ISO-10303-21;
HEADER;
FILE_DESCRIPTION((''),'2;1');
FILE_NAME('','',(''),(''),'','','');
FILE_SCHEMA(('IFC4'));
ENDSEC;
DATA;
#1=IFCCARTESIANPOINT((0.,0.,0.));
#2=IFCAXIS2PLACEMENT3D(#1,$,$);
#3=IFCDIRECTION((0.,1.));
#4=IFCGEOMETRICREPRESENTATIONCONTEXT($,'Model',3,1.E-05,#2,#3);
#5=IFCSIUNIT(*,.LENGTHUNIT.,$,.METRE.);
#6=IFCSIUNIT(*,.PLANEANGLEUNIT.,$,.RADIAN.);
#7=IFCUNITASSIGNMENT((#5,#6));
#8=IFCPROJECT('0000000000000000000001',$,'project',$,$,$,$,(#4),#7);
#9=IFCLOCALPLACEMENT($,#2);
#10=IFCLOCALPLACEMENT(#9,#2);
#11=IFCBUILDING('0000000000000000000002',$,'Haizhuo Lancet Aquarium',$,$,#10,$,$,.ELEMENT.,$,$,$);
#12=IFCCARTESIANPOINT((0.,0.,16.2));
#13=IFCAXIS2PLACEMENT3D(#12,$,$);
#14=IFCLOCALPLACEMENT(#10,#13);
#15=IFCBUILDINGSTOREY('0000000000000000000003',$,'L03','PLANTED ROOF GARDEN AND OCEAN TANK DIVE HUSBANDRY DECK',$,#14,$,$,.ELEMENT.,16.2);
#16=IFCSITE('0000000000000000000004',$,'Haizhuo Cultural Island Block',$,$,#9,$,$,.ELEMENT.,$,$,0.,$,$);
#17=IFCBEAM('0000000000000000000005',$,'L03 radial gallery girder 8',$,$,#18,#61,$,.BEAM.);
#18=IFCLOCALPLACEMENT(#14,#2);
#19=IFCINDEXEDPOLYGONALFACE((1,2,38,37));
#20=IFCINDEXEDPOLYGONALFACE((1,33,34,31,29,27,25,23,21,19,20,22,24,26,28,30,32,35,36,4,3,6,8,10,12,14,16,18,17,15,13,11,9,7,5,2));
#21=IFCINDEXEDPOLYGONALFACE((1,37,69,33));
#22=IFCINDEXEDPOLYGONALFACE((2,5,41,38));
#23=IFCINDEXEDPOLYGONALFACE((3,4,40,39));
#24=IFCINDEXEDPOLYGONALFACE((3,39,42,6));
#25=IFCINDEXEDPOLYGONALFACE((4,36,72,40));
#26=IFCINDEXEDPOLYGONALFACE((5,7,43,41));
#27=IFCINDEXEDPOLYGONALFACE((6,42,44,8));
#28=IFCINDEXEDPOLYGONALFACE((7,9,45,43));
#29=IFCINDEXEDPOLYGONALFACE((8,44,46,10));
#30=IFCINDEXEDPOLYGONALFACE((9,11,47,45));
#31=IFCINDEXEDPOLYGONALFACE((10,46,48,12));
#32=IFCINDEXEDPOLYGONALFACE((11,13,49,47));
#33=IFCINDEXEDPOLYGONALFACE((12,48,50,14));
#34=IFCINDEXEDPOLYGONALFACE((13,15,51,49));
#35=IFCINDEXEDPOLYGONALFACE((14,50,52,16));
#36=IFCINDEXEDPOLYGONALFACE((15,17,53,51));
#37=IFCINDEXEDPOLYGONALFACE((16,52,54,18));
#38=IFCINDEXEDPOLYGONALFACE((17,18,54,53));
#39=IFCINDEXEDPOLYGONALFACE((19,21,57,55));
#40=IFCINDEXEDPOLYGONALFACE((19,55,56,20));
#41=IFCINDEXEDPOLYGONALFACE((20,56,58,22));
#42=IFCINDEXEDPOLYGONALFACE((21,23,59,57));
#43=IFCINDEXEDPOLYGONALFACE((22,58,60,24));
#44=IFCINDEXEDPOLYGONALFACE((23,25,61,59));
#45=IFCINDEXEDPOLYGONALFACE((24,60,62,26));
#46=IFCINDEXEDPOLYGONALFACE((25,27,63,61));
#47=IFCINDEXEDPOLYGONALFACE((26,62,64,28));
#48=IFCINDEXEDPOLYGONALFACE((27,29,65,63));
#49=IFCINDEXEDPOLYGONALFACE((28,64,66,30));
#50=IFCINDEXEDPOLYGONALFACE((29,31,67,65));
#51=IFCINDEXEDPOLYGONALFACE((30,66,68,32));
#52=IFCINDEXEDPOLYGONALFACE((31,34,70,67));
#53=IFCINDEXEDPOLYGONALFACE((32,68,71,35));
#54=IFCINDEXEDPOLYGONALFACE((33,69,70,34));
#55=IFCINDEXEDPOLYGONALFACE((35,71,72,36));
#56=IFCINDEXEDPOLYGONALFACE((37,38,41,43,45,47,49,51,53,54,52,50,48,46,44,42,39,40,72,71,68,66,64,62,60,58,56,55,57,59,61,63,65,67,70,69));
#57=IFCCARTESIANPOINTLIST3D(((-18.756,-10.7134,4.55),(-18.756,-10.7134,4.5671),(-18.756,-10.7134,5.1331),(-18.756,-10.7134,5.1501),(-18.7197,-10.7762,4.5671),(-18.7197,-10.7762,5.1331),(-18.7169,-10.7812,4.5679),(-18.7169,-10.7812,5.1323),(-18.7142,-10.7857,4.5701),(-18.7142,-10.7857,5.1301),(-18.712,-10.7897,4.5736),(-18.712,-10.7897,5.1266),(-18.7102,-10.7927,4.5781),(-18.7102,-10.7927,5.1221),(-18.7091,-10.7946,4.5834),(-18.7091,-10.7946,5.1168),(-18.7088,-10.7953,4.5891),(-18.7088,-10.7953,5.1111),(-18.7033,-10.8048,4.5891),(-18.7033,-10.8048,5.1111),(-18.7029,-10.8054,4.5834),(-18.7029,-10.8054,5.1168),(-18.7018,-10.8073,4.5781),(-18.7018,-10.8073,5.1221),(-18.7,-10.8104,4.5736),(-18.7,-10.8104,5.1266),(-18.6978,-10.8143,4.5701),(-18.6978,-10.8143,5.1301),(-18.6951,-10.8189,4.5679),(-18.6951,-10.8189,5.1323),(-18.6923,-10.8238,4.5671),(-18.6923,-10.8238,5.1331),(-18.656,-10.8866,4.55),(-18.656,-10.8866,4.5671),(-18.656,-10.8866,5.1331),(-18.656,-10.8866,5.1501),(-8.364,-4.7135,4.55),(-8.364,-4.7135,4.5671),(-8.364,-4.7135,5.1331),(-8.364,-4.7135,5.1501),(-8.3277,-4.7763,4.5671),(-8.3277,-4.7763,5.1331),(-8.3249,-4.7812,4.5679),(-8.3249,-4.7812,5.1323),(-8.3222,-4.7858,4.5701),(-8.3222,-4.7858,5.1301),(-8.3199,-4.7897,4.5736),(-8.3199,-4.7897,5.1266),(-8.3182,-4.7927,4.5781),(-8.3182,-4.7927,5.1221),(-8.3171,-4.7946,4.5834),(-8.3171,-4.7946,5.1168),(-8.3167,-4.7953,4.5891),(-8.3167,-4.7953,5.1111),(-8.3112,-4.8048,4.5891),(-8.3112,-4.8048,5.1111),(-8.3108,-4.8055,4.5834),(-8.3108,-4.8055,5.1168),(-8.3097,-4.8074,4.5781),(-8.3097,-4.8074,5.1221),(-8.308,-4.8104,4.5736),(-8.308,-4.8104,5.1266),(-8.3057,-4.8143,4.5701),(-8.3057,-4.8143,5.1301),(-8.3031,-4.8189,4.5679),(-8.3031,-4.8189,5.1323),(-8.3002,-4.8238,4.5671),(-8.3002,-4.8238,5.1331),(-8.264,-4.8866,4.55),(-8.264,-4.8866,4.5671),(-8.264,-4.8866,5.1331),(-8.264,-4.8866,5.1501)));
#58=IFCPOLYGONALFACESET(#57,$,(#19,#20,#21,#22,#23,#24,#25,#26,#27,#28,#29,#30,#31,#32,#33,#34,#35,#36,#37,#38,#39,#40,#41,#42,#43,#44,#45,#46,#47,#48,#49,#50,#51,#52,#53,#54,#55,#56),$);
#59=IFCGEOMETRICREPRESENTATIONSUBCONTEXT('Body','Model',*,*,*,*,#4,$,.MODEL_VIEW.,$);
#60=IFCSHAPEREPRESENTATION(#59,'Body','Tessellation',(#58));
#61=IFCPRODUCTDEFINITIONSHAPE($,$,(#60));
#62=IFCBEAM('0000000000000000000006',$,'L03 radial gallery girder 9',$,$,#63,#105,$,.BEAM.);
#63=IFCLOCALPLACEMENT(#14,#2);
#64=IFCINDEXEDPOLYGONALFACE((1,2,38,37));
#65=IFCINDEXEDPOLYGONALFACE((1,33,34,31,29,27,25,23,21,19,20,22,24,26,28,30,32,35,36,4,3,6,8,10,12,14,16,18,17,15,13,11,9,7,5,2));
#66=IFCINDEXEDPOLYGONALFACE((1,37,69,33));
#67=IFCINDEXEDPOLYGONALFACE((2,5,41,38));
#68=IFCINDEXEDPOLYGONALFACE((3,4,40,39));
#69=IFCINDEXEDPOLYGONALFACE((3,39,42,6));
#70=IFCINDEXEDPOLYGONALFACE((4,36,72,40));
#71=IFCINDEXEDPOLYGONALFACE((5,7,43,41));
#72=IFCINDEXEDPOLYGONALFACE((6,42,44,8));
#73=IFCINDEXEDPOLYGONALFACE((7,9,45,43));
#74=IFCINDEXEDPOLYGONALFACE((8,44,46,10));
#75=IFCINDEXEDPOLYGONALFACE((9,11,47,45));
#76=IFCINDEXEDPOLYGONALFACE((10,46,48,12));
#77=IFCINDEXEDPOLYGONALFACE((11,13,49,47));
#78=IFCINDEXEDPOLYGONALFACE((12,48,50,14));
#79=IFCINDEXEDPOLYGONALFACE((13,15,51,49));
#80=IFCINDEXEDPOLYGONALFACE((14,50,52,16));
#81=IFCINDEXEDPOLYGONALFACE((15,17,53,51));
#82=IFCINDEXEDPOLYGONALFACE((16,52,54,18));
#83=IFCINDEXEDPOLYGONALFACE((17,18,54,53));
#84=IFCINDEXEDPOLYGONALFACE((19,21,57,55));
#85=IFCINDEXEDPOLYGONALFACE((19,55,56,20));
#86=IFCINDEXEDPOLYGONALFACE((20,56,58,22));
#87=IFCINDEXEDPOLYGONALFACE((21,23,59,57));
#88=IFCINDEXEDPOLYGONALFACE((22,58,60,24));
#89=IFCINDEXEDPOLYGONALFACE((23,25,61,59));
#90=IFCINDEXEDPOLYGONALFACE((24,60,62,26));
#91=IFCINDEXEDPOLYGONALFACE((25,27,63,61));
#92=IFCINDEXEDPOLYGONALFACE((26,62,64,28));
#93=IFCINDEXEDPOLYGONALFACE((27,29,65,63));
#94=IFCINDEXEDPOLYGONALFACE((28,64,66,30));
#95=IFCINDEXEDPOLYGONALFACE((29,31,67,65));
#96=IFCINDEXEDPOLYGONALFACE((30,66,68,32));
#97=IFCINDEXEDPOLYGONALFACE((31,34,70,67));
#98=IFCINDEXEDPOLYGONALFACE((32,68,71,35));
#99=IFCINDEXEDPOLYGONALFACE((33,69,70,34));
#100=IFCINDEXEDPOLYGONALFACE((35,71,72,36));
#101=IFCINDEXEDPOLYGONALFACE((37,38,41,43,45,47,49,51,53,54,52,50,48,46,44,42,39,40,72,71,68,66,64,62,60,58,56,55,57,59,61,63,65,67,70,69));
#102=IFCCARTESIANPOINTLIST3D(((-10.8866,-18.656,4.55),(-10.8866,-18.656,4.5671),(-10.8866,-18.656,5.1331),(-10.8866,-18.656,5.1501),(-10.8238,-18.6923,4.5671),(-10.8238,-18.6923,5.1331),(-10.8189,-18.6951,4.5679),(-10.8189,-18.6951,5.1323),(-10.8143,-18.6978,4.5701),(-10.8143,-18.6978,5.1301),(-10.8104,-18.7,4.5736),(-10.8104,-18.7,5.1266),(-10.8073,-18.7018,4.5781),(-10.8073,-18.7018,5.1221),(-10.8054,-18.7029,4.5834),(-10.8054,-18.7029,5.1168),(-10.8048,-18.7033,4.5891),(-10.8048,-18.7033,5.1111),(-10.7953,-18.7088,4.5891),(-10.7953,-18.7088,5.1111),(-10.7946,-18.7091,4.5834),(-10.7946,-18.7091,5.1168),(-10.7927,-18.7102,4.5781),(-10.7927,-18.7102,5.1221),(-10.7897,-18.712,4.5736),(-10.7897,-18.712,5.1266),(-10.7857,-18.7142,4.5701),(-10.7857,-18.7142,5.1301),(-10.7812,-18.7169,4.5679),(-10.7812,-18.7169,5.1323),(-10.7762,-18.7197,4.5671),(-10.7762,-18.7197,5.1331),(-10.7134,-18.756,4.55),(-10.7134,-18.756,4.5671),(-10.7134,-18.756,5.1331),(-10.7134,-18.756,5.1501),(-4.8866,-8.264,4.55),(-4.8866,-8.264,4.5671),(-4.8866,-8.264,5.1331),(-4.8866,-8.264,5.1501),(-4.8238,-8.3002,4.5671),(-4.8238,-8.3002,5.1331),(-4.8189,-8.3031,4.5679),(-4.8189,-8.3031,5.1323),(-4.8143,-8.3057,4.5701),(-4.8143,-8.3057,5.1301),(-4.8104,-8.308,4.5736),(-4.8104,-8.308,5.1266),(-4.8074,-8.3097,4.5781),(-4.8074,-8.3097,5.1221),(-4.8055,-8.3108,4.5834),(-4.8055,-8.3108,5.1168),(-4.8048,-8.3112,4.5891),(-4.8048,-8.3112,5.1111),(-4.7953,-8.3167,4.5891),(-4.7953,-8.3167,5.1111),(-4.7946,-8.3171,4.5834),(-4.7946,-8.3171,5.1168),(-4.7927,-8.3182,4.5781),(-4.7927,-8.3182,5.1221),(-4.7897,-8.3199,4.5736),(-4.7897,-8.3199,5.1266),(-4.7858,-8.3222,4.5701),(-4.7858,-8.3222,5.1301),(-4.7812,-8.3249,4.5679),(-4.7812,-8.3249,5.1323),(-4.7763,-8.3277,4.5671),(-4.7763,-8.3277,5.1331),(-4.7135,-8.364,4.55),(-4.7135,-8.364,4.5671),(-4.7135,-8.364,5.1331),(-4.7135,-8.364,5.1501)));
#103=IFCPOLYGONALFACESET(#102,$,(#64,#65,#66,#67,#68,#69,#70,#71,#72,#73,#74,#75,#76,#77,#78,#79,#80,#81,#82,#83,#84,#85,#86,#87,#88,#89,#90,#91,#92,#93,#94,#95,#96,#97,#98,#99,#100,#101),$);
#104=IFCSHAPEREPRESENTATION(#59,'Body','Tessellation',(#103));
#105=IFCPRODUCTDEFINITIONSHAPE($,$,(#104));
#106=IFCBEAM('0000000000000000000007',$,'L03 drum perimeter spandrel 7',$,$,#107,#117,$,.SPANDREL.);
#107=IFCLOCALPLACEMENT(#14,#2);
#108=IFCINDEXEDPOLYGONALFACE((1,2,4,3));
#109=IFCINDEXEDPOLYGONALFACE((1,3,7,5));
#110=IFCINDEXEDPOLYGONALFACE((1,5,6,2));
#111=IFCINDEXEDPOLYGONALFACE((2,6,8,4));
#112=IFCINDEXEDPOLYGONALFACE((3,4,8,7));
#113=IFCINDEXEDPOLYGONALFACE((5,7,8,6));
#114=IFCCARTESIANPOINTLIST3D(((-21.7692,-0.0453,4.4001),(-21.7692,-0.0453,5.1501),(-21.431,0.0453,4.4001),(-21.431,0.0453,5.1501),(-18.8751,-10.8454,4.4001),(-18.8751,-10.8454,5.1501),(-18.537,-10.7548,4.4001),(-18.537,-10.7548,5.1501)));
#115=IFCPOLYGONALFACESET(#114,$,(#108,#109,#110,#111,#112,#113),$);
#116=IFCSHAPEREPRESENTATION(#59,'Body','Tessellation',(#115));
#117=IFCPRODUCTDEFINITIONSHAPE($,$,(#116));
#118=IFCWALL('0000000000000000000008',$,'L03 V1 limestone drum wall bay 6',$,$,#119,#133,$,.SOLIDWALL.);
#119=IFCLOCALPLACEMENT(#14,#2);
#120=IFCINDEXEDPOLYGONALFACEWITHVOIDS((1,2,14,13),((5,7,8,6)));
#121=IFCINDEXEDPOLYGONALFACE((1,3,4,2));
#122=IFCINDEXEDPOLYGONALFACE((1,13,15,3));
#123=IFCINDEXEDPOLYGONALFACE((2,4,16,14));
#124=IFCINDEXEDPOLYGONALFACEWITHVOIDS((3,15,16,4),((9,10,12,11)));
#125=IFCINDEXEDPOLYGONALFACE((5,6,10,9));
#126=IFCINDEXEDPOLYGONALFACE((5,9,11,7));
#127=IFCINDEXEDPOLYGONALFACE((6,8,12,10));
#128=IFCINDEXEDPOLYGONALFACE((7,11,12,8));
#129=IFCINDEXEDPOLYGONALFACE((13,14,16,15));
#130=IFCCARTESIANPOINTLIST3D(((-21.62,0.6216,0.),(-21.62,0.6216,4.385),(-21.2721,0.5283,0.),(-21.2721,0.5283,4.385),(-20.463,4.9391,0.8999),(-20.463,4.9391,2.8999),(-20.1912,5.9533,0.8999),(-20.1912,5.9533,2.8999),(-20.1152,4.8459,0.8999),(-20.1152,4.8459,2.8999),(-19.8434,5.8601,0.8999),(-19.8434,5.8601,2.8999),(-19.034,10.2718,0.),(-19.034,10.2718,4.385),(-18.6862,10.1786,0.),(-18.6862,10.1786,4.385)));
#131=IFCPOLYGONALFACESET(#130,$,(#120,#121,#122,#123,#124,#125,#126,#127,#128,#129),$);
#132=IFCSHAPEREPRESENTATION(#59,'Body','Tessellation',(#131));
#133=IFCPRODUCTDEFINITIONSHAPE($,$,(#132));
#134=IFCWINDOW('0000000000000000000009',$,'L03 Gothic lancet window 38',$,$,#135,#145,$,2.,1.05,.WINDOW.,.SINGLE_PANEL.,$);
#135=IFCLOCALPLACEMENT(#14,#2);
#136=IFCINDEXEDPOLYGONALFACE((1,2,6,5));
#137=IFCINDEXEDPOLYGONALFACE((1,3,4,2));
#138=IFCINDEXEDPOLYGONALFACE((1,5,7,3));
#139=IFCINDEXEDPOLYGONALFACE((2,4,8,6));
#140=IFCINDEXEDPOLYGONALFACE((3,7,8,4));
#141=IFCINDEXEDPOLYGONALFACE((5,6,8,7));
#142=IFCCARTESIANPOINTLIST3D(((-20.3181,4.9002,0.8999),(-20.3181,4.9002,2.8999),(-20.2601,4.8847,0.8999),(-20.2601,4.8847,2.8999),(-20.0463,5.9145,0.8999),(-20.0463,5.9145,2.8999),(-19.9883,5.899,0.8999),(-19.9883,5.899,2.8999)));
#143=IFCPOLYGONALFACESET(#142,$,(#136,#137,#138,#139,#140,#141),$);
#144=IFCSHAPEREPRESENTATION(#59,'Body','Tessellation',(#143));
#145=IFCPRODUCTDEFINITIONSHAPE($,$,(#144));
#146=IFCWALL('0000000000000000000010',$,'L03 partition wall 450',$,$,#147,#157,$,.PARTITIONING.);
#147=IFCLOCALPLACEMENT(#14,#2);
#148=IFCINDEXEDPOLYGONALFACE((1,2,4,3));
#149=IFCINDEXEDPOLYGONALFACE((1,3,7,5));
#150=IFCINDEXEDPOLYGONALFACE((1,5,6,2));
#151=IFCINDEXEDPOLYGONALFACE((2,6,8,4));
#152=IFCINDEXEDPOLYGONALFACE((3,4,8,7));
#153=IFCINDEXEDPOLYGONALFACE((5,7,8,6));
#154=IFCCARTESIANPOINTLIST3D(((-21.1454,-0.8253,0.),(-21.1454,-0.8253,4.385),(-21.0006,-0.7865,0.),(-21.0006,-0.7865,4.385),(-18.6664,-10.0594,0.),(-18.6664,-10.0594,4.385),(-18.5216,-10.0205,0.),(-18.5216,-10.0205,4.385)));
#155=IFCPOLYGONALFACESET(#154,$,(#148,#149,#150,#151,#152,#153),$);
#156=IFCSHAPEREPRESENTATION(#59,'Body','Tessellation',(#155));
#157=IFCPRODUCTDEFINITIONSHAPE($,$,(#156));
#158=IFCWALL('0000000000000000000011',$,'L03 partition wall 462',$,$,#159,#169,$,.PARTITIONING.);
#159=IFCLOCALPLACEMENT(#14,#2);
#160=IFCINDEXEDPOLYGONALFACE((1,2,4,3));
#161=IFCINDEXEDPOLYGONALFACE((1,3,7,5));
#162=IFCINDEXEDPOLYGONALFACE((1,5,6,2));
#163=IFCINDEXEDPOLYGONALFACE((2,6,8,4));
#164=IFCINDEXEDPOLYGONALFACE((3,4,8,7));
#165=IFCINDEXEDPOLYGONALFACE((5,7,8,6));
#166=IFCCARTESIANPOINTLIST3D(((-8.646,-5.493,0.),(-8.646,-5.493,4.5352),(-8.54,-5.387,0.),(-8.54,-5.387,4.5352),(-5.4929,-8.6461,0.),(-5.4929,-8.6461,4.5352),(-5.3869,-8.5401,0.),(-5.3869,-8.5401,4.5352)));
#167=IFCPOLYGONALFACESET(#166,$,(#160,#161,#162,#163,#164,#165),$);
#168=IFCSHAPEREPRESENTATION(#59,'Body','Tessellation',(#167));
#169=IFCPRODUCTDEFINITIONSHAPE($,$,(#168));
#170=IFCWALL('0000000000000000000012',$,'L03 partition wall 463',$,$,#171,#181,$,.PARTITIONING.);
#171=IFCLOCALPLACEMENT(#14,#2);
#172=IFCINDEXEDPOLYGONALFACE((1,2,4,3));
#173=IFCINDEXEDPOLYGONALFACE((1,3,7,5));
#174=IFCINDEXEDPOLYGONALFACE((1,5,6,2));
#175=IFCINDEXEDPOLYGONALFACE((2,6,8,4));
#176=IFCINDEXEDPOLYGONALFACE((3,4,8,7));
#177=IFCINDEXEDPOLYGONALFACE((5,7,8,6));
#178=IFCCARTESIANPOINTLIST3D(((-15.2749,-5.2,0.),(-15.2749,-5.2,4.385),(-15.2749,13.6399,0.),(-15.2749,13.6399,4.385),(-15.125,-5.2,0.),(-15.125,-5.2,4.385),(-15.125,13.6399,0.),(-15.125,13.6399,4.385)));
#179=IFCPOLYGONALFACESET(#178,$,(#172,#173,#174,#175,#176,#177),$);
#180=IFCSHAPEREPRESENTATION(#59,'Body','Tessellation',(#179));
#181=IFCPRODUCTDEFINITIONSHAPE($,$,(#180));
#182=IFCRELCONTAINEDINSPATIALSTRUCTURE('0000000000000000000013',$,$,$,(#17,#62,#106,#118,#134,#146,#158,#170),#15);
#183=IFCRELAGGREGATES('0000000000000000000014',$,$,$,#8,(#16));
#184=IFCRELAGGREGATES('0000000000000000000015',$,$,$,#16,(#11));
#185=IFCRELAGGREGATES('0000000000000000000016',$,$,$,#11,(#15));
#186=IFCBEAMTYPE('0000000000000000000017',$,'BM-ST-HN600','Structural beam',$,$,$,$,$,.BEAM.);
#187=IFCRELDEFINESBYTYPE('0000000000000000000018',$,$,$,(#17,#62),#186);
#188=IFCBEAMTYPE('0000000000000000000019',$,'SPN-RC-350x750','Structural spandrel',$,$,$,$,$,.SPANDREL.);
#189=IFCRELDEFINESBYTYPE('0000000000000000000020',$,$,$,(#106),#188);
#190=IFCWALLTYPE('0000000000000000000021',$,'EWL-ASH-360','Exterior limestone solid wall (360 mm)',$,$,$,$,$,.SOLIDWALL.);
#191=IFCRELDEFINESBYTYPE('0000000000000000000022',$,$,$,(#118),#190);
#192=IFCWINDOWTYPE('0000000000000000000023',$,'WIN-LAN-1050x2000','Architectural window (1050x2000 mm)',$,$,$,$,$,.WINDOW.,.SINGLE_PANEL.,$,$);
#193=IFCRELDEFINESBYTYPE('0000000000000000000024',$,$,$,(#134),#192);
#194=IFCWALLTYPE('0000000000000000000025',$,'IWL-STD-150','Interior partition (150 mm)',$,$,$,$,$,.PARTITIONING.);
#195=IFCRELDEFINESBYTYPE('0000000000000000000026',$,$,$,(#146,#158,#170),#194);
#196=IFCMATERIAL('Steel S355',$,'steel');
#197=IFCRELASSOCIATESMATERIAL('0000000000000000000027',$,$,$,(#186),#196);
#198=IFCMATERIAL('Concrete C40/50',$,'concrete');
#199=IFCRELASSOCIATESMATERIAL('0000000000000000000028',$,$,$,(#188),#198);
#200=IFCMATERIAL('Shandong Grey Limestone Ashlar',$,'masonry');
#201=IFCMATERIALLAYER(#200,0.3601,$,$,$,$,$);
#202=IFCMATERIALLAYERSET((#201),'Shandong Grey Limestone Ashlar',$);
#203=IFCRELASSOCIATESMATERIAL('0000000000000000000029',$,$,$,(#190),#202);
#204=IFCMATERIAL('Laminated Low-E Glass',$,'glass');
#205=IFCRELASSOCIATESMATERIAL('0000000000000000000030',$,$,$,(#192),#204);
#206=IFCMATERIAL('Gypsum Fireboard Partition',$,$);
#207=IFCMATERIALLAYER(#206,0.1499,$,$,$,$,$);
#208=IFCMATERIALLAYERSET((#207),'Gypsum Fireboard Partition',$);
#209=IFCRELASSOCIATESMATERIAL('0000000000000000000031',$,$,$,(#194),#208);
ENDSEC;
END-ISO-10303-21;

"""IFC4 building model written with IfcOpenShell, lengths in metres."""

from ifc_helpers import new_model, si_unit, direction, frame, frame_2d, origin, origin_2d, place, context, subcontext, project, spatial, rectangle, i_section, extrude, material, layer, layer_set, material_profile, profile_set, type_object, element, fill, save


model = new_model("IFC4")

# Units and contexts
model_context = context("Model", 3, precision=1e-05, world=origin(), true_north=direction((0.0, 1.0)))
body_context = subcontext(model_context, "Body", "Model", "MODEL_VIEW")
ifc_project = project(units=[si_unit("LENGTHUNIT", "METRE"), si_unit("PLANEANGLEUNIT", "RADIAN")], contexts=[model_context])

# Site, building, storey
site_placement = place(None, origin())
site = spatial("IfcSite", under=ifc_project, at=site_placement, Name="Haizhuo Cultural Island Block", CompositionType="ELEMENT", RefElevation=0.0)
building_placement = place(site_placement, origin())
building = spatial("IfcBuilding", under=site, at=building_placement, Name="Haizhuo Lancet Aquarium", CompositionType="ELEMENT")
storey_placement = place(building_placement, frame((0.0, 0.0, 16.2)))
storey = spatial("IfcBuildingStorey", under=building, at=storey_placement, Name="L03", Description="PLANTED ROOF GARDEN AND OCEAN TANK DIVE HUSBANDRY DECK", CompositionType="ELEMENT", Elevation=16.2)

# Beams
ifc_material_1 = material(Name="Concrete C40/50", Category="concrete")
ifc_material_2 = material(Name="Steel S355", Category="steel")
ifc_material_profile_1 = material_profile(ifc_material_2, i_section(OverallWidth=0.2, OverallDepth=0.6001, WebThickness=0.011, FlangeThickness=0.0171, FilletRadius=0.022, at=origin_2d()), Name="HN 600x200x11x17")
ifc_profile_set_1 = profile_set([ifc_material_profile_1], Name="Steel S355")
beam_type_1 = type_object("IfcBeamType", Name="BM-ST-HN600", Description="Structural beam", PredefinedType="BEAM", material=ifc_profile_set_1)
for number, where, z_axis, x_axis, name in (
    (1, (-8.314, -4.8, 4.8501), (-0.866021, -0.500008, 0.0), (0.500008, -0.866021, 0.0), "L03 radial gallery girder 8"),
    (2, (-4.8, -8.314, 4.8501), (-0.500008, -0.866021, 0.0), (0.866021, -0.500008, 0.0), "L03 radial gallery girder 9"),
):
    element("IfcBeam", number, at=place(storey_placement, frame(where, z_axis=z_axis, x_axis=x_axis)), inside=storey, type_object=beam_type_1, Name=name, PredefinedType="BEAM", context=body_context, shape_type="SweptSolid", body=[
        extrude(i_section(OverallWidth=0.2, OverallDepth=0.6001, WebThickness=0.011, FlangeThickness=0.0171, FilletRadius=0.022, at=origin_2d()), origin(), (0.0, 0.0, 1.0), 11.9998),
    ])
ifc_material_profile_2 = material_profile(ifc_material_1, rectangle(XDim=0.3501, YDim=0.75, at=origin_2d()), Name="RC-SP 350x750")
ifc_profile_set_2 = profile_set([ifc_material_profile_2], Name="Concrete C40/50")
beam_type_2 = type_object("IfcBeamType", Name="SPN-RC-350x750", Description="Structural spandrel", PredefinedType="SPANDREL", material=ifc_profile_set_2)
beam_placement = place(storey_placement, frame((-21.6001, 0.0, 4.7751), z_axis=(0.258834, -0.965922, 0.0), x_axis=(0.965922, 0.258834, 0.0)))
element("IfcBeam", 3, at=beam_placement, inside=storey, type_object=beam_type_2, Name="L03 drum perimeter spandrel 7", PredefinedType="SPANDREL", context=body_context, shape_type="SweptSolid", body=[
    extrude(rectangle(XDim=0.3501, YDim=0.75, at=origin_2d()), origin(), (0.0, 0.0, 1.0), 11.1812),
])

# Wall, opening, window
ifc_material_3 = material(Name="Shandong Grey Limestone Ashlar", Category="masonry")
ifc_layer_1 = layer(ifc_material_3, 0.3601)
ifc_layer_set_1 = layer_set([ifc_layer_1], Name="Shandong Grey Limestone Ashlar")
wall_type_1 = type_object("IfcWallType", Name="EWL-ASH-360", Description="Exterior limestone solid wall (360 mm)", PredefinedType="SOLIDWALL", material=ifc_layer_set_1)
wall_1_placement = place(storey_placement, frame((-21.446, 0.575, 0.0), z_axis=(0.0, 0.0, 1.0), x_axis=(0.258837, 0.965921, 0.0)))
wall_1 = element("IfcWall", 4, at=wall_1_placement, inside=storey, type_object=wall_type_1, Name="L03 V1 limestone drum wall bay 6", PredefinedType="SOLIDWALL", context=body_context, shape_type="SweptSolid", body=[
    extrude(rectangle(XDim=9.9907, YDim=0.3601, at=frame_2d((4.9954, 0.0))), origin(), (0.0, 0.0, 1.0), 4.385),
])
opening_1_placement = place(wall_1_placement, frame((4.47, 0.0, 0.8999)))
opening_1 = element("IfcOpeningElement", 5, at=opening_1_placement, cuts=wall_1, PredefinedType="OPENING", context=body_context, shape_type="SweptSolid", body=[
    extrude(rectangle(XDim=1.05, YDim=2.0, at=frame_2d((0.5249, 1.0))), frame((0.0, 0.1899, 0.0), z_axis=(0.0, -1.0, 0.0), x_axis=(1.0, 0.0, 0.0)), (0.0, 0.0, 1.0), 0.3801),
])
ifc_material_4 = material(Name="Laminated Low-E Glass", Category="glass")
window_type = type_object("IfcWindowType", Name="WIN-LAN-1050x2000", Description="Architectural window (1050x2000 mm)", PartitioningType="SINGLE_PANEL", PredefinedType="WINDOW", material=ifc_material_4)
window_placement = place(opening_1_placement, origin())
window = element("IfcWindow", 6, at=window_placement, inside=storey, type_object=window_type, Name="L03 Gothic lancet window 38", OverallHeight=2.0, OverallWidth=1.05, PartitioningType="SINGLE_PANEL", PredefinedType="WINDOW", context=body_context, shape_type="SweptSolid", body=[
    extrude(rectangle(XDim=1.05, YDim=2.0, at=frame_2d((0.5249, 1.0))), frame((0.0, 0.03, 0.0), z_axis=(0.0, -1.0, 0.0), x_axis=(1.0, 0.0, 0.0)), (0.0, 0.0, 1.0), 0.0601),
])
fill(opening_1, window)

# Walls
ifc_material_5 = material(Name="Gypsum Fireboard Partition")
ifc_layer_2 = layer(ifc_material_5, 0.1499)
ifc_layer_set_2 = layer_set([ifc_layer_2], Name="Gypsum Fireboard Partition")
wall_type_2 = type_object("IfcWallType", Name="IWL-STD-150", Description="Interior partition (150 mm)", PredefinedType="PARTITIONING", material=ifc_layer_set_2)
wall_2_placement = place(storey_placement, frame((-21.073, -0.8059, 0.0), z_axis=(0.0, 0.0, 1.0), x_axis=(0.25928, -0.965802, 0.0)))
element("IfcWall", 7, at=wall_2_placement, inside=storey, type_object=wall_type_2, Name="L03 partition wall 450", PredefinedType="PARTITIONING", context=body_context, shape_type="SweptSolid", body=[
    extrude(rectangle(XDim=9.561, YDim=0.1499, at=frame_2d((4.7805, 0.0))), origin(), (0.0, 0.0, 1.0), 4.385),
])
wall_3_placement = place(storey_placement, frame((-5.4399, -8.593, 0.0), z_axis=(0.0, 0.0, 1.0), x_axis=(-0.707107, 0.707107, 0.0)))
element("IfcWall", 8, at=wall_3_placement, inside=storey, type_object=wall_type_2, Name="L03 partition wall 462", PredefinedType="PARTITIONING", context=body_context, shape_type="SweptSolid", body=[
    extrude(rectangle(XDim=4.4592, YDim=0.1499, at=frame_2d((2.2295, 0.0))), origin(), (0.0, 0.0, 1.0), 4.5352),
])
wall_4_placement = place(storey_placement, frame((-15.2, -5.2, 0.0), z_axis=(0.0, 0.0, 1.0), x_axis=(0.0, 1.0, 0.0)))
element("IfcWall", 9, at=wall_4_placement, inside=storey, type_object=wall_type_2, Name="L03 partition wall 463", PredefinedType="PARTITIONING", context=body_context, shape_type="SweptSolid", body=[
    extrude(rectangle(XDim=18.8398, YDim=0.1499, at=frame_2d((9.4199, 0.0))), origin(), (0.0, 0.0, 1.0), 4.385),
])

save(model, "model.ifc")
